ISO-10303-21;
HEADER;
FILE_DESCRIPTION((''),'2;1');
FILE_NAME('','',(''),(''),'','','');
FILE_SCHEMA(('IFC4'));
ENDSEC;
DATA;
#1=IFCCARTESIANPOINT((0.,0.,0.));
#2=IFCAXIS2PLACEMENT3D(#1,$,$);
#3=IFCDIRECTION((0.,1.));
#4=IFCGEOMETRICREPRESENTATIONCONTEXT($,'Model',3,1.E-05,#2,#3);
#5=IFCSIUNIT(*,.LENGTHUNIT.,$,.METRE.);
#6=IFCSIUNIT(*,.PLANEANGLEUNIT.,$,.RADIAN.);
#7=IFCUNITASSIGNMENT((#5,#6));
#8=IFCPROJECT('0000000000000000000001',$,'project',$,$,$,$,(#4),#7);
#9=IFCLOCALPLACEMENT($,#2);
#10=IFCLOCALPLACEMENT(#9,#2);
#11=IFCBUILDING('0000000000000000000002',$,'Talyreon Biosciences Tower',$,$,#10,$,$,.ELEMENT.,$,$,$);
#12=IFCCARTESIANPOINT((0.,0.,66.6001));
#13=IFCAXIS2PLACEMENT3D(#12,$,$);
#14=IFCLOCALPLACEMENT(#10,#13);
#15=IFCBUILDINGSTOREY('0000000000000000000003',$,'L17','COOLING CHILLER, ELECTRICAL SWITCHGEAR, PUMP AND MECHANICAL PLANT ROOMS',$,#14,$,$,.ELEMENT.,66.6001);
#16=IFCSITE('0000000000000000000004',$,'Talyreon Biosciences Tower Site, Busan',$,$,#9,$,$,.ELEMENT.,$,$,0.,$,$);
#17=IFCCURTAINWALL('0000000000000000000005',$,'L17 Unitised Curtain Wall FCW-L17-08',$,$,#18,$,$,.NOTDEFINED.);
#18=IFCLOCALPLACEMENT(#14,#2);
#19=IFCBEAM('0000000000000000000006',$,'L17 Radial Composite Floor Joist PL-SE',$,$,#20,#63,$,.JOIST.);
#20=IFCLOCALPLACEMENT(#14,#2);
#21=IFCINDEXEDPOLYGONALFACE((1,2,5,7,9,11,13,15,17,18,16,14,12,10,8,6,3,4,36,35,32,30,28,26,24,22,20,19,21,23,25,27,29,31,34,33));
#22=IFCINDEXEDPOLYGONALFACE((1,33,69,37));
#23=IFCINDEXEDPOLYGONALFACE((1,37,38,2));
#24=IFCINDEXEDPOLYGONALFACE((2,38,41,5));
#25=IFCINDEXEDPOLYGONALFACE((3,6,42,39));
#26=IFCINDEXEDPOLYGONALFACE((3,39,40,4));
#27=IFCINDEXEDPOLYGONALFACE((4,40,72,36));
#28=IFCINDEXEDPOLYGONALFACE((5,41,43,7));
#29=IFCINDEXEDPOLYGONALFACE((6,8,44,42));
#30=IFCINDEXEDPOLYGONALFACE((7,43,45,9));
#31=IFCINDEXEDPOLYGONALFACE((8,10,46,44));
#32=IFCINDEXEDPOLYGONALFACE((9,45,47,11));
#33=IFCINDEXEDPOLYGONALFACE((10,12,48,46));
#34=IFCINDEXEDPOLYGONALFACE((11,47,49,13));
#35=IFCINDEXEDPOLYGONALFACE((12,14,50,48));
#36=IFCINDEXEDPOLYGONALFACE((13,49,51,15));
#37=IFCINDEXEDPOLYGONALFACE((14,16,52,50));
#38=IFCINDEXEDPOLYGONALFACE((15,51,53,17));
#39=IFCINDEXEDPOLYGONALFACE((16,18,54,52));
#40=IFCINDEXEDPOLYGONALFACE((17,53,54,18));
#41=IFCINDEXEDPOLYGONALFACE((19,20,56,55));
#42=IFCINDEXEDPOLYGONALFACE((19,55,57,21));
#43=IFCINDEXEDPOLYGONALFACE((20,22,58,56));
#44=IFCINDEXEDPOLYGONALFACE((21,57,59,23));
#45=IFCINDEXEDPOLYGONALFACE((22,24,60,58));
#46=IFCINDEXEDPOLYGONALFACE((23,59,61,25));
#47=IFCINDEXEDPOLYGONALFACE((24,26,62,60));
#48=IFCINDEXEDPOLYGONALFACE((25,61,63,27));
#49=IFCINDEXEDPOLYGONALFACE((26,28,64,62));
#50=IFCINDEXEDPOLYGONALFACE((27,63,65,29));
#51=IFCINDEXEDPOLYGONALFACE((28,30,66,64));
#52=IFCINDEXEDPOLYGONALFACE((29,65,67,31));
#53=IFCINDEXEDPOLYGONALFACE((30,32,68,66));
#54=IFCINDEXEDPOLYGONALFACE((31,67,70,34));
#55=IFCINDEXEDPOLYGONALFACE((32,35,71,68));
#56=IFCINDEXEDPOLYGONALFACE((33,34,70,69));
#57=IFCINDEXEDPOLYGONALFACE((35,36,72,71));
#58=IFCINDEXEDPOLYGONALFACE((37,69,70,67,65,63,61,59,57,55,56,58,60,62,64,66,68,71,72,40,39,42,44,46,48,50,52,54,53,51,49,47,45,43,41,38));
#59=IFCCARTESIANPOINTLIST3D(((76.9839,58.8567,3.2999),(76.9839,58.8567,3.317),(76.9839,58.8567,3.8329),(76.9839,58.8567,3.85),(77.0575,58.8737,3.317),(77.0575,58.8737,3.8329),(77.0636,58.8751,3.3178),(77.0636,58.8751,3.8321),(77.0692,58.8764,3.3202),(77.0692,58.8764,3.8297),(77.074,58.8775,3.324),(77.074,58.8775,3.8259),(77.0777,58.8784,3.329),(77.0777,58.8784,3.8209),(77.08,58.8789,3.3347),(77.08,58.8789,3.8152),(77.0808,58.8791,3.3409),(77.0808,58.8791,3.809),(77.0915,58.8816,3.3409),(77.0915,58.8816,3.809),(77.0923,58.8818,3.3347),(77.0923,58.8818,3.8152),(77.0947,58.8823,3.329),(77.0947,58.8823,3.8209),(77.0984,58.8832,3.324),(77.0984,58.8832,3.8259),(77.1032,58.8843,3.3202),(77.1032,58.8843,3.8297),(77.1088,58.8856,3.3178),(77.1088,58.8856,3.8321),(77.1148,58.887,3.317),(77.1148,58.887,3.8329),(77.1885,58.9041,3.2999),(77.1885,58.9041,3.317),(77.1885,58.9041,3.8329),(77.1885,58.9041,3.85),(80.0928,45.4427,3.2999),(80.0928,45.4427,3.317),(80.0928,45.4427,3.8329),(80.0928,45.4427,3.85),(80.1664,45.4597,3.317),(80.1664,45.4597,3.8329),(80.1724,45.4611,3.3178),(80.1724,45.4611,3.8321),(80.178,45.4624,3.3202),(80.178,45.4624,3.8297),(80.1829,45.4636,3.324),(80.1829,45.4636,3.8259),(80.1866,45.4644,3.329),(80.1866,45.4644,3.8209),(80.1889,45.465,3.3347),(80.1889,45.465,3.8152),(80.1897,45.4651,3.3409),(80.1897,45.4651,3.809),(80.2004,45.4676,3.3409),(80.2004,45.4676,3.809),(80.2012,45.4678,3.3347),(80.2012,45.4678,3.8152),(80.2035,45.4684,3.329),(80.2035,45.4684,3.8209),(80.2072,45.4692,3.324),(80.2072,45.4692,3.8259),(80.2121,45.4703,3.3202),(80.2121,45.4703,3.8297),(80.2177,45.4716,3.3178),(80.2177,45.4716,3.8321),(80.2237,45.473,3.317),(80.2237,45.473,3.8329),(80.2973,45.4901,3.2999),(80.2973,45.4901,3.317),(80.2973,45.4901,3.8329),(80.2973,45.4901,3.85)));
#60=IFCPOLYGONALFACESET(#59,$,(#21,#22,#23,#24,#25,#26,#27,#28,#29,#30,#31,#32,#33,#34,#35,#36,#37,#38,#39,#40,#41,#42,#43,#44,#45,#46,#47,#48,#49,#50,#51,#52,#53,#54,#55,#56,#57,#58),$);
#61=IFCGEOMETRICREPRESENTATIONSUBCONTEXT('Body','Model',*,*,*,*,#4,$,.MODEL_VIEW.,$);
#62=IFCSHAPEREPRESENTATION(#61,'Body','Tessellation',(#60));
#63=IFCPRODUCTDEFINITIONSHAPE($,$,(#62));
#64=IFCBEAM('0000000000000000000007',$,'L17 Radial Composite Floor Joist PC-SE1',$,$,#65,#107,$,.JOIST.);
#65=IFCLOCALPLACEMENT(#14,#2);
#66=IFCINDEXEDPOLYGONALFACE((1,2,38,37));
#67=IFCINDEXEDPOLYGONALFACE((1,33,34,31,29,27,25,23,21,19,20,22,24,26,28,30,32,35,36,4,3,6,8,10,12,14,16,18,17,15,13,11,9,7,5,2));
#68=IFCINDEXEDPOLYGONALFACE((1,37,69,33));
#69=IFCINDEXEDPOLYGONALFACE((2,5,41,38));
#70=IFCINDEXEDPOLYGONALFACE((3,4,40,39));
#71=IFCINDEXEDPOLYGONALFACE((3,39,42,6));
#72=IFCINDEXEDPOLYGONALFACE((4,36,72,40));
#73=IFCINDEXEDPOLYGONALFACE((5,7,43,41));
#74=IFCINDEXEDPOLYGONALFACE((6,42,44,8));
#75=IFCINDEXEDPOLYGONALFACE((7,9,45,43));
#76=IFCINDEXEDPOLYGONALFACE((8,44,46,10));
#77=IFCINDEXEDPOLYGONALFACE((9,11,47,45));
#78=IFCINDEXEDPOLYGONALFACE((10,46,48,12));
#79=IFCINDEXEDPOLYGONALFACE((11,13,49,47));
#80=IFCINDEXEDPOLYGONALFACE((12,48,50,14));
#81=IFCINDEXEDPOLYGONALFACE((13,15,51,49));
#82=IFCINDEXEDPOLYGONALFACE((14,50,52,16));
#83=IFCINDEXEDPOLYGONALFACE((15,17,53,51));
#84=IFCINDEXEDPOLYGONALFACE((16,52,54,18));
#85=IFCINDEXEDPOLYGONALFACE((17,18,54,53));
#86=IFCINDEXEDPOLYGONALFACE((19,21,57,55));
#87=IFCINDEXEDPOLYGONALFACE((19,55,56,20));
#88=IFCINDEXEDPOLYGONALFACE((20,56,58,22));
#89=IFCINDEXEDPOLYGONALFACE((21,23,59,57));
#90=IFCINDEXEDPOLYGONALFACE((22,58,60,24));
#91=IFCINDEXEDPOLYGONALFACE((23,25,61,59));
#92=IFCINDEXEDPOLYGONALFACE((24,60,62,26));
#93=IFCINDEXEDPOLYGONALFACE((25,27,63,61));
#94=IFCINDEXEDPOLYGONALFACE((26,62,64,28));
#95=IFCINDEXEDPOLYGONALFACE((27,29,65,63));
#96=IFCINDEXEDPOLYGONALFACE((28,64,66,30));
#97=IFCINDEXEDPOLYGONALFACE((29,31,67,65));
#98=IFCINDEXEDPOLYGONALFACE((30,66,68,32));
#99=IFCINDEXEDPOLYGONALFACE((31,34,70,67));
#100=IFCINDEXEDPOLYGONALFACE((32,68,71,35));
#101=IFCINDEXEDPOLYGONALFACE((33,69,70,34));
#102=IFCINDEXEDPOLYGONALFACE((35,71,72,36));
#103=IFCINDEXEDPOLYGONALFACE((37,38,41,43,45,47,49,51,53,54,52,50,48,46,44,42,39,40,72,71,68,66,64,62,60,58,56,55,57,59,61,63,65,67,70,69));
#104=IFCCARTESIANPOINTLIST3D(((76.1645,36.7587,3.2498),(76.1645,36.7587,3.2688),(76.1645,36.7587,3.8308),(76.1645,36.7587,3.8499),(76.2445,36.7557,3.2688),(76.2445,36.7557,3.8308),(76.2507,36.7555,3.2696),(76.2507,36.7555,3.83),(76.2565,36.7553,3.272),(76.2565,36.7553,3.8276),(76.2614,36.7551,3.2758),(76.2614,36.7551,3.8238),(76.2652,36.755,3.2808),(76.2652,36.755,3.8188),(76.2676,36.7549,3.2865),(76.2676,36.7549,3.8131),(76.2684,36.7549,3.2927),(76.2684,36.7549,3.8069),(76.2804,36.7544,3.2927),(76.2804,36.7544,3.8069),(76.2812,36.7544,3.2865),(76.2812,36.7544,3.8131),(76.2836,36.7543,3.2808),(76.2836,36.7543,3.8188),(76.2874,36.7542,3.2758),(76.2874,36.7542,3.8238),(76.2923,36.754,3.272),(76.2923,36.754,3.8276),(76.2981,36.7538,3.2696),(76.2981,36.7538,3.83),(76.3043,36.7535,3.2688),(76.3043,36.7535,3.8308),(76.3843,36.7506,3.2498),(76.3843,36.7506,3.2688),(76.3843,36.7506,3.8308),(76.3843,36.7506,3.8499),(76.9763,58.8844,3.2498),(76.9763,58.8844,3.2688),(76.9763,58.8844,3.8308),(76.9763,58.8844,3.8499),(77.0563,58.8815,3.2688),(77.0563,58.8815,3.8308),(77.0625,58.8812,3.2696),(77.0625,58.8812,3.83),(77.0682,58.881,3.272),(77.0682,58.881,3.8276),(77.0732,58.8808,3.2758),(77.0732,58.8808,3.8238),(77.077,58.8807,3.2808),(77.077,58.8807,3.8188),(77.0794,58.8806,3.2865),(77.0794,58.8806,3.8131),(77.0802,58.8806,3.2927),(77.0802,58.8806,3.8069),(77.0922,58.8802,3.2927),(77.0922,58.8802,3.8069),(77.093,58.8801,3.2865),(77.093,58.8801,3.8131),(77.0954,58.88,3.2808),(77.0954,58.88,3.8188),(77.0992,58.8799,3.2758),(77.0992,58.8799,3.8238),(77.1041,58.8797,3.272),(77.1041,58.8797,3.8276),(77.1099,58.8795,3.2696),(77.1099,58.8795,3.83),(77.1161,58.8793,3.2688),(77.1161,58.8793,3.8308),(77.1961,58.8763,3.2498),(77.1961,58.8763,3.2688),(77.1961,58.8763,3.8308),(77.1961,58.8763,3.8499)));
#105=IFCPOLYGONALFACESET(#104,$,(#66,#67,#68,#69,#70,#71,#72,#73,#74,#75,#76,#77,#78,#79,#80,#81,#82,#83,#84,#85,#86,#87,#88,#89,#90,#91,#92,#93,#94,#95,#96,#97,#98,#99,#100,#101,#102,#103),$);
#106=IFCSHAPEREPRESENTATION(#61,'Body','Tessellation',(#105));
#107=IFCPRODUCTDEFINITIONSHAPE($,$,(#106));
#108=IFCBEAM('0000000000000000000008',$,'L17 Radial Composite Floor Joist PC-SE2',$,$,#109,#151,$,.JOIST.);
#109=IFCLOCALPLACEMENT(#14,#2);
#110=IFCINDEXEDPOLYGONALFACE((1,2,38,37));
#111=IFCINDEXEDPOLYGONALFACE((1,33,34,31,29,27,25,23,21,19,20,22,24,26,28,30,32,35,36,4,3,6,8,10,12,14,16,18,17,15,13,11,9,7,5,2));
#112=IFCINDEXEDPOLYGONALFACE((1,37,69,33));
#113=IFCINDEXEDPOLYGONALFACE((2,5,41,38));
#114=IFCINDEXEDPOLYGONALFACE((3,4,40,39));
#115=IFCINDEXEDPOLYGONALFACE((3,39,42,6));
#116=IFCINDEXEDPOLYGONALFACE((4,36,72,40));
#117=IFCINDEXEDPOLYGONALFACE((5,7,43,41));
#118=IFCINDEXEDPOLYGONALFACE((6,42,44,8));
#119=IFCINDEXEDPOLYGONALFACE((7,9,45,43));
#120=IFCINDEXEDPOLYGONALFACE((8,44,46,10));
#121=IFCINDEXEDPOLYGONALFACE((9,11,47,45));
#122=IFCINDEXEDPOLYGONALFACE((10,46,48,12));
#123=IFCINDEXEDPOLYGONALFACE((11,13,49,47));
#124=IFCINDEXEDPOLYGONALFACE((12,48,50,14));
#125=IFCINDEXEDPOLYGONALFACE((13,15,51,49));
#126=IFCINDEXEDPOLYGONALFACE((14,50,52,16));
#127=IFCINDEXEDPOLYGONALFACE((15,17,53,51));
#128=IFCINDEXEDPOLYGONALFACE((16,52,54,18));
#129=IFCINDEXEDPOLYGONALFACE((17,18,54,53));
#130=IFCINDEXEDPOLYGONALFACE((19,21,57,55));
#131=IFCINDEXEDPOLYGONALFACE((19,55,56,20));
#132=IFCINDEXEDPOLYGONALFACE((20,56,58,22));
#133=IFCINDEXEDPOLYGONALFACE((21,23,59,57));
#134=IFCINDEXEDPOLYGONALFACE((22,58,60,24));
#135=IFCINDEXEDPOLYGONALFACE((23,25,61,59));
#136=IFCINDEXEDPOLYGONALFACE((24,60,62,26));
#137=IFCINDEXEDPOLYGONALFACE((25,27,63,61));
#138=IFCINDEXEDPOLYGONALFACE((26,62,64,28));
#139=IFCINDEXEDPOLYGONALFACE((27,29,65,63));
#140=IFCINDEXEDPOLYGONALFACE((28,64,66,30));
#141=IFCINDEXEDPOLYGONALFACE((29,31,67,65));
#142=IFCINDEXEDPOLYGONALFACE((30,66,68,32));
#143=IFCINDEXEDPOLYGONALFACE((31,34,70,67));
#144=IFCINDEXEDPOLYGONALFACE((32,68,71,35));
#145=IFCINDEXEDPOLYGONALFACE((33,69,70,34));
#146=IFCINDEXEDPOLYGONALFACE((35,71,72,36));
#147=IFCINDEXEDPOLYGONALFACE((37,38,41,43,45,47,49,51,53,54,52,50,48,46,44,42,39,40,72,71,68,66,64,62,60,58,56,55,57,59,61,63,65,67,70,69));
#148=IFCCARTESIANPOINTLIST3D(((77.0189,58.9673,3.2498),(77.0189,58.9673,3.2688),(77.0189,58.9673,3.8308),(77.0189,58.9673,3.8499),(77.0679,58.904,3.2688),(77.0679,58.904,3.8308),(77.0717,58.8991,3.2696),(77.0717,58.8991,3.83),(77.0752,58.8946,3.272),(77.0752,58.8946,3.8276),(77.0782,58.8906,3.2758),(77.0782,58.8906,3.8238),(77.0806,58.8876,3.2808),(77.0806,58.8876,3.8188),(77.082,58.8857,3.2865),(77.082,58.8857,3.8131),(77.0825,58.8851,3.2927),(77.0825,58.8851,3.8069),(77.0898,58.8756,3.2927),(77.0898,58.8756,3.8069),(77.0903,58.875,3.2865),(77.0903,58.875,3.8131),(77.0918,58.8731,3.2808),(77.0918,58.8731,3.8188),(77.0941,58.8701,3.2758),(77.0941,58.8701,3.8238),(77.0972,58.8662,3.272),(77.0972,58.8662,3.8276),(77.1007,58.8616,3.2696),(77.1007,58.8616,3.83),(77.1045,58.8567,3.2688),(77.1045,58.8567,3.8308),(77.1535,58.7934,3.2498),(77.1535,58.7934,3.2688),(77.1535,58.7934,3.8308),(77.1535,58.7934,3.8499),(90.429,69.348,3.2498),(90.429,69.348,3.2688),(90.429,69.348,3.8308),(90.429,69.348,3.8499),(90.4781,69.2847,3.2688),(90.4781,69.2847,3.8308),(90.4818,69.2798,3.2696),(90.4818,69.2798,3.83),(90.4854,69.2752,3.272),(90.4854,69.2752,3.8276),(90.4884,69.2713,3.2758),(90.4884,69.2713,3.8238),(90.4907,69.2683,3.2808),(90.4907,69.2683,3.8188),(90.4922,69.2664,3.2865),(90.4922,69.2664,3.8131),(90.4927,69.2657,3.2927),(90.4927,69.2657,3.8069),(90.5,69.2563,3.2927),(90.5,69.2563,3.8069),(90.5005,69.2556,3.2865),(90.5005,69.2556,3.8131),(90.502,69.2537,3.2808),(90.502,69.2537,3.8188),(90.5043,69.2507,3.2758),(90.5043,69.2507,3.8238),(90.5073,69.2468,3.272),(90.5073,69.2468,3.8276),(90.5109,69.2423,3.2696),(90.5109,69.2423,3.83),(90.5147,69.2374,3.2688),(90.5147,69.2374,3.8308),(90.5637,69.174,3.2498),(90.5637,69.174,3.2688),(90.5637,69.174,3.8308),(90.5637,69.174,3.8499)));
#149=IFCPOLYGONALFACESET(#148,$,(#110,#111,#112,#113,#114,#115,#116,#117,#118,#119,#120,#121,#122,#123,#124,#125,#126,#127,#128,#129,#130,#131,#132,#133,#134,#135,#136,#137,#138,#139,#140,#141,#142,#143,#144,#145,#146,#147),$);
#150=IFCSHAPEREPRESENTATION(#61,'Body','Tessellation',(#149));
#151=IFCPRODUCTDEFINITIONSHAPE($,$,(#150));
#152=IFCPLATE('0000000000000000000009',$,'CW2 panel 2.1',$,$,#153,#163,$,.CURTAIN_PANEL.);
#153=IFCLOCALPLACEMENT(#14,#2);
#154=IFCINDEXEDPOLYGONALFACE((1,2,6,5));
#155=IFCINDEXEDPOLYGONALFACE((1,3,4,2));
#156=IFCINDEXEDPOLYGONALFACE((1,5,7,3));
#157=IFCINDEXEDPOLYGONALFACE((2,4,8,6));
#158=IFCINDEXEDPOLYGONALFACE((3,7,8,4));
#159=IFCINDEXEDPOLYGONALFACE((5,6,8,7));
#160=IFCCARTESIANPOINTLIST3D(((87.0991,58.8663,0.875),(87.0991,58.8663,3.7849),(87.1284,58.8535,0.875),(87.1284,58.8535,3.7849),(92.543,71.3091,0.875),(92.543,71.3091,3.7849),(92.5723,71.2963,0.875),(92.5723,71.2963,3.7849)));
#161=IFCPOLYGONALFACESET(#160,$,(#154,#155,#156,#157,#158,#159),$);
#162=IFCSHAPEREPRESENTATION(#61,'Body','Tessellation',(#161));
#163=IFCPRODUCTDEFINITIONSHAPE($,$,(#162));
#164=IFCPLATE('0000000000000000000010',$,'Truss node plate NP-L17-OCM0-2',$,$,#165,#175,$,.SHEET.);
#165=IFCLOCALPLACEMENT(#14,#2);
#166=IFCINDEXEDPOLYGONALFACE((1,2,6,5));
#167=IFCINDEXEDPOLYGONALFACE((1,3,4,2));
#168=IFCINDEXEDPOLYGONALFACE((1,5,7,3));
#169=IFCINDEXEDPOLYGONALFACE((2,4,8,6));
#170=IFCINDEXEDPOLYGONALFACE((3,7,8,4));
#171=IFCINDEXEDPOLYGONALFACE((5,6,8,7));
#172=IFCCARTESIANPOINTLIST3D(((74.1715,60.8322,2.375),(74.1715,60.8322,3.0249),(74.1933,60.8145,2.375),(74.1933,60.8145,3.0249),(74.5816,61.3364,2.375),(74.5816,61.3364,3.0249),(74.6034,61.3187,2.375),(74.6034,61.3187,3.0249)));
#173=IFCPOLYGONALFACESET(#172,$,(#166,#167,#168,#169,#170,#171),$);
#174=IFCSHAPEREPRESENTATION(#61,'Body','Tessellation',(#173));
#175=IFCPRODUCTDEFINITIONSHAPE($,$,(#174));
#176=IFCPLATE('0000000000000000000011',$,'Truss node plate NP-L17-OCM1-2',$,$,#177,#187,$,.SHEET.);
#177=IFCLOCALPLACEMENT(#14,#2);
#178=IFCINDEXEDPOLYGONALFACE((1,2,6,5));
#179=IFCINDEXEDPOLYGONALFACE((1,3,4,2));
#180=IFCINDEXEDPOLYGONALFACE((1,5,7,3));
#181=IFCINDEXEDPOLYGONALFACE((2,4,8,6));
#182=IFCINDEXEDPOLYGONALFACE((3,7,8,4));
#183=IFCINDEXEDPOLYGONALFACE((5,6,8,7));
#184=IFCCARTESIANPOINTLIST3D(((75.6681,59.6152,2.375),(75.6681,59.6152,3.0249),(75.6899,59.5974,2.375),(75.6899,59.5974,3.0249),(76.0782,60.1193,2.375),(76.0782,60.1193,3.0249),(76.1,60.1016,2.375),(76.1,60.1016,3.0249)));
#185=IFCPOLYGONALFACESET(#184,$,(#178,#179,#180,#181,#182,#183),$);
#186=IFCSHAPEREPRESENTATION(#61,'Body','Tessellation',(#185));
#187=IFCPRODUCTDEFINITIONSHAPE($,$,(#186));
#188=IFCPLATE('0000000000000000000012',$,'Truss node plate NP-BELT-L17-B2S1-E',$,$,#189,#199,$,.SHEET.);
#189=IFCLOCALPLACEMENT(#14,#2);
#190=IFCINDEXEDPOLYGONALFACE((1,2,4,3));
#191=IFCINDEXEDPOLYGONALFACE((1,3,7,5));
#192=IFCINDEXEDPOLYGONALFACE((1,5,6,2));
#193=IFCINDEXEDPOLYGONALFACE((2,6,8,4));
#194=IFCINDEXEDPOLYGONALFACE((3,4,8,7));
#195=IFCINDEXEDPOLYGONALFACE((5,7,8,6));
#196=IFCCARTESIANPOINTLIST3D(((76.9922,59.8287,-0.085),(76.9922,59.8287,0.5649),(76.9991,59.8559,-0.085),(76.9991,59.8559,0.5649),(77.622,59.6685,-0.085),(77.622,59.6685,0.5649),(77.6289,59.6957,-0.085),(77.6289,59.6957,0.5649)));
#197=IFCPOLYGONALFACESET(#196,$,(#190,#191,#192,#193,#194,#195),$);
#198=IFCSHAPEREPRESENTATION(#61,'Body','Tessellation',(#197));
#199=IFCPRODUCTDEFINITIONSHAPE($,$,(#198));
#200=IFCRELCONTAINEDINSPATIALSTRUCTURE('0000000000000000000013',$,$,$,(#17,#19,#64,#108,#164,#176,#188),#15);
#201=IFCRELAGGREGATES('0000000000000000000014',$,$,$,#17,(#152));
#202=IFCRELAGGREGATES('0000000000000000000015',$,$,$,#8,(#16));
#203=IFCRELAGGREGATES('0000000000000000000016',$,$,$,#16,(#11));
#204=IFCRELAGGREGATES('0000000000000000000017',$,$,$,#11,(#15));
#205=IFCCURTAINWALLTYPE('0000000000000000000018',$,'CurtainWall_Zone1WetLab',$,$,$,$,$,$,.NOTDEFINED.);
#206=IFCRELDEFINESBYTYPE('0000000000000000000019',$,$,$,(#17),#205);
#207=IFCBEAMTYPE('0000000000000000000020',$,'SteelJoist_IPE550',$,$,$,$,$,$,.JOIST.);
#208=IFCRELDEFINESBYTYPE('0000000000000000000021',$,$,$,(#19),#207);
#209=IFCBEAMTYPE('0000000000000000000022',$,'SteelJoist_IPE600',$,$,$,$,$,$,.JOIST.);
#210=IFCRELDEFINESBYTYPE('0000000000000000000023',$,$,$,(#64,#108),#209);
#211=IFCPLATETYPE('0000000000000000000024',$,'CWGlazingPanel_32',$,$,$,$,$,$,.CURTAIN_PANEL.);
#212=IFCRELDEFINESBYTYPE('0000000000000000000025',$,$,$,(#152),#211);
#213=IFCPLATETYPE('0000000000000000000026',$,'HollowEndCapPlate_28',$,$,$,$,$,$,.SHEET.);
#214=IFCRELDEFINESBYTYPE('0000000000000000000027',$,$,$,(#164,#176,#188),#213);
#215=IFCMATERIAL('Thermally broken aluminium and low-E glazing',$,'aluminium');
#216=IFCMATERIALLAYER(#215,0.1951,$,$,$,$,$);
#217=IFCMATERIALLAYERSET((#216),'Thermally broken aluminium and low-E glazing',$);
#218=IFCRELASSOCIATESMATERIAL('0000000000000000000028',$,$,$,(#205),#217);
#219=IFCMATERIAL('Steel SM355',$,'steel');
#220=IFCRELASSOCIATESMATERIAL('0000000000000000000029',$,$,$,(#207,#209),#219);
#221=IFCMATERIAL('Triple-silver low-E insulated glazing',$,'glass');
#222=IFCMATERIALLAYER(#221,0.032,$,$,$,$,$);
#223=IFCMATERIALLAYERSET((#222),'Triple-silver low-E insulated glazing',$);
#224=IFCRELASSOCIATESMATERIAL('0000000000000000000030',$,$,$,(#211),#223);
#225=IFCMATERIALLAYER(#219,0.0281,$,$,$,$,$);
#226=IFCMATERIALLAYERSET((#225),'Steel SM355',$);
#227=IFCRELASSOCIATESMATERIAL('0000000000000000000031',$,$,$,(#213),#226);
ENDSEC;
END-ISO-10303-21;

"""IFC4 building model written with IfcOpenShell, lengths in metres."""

from ifc_helpers import new_model, si_unit, direction, frame, origin, origin_2d, place, context, subcontext, project, spatial, rectangle, i_section, extrude, material, layer, layer_set, material_profile, profile_set, type_object, element, aggregate, save


model = new_model("IFC4")

# Units and contexts
model_context = context("Model", 3, precision=1e-05, world=origin(), true_north=direction((0.0, 1.0)))
body_context = subcontext(model_context, "Body", "Model", "MODEL_VIEW")
ifc_project = project(units=[si_unit("LENGTHUNIT", "METRE"), si_unit("PLANEANGLEUNIT", "RADIAN")], contexts=[model_context])

# Site, building, storey
site_placement = place(None, origin())
site = spatial("IfcSite", under=ifc_project, at=site_placement, Name="Talyreon Biosciences Tower Site, Busan", CompositionType="ELEMENT", RefElevation=0.0)
building_placement = place(site_placement, origin())
building = spatial("IfcBuilding", under=site, at=building_placement, Name="Talyreon Biosciences Tower", CompositionType="ELEMENT")
storey_placement = place(building_placement, frame((0.0, 0.0, 66.6001)))
storey = spatial("IfcBuildingStorey", under=building, at=storey_placement, Name="L17", Description="COOLING CHILLER, ELECTRICAL SWITCHGEAR, PUMP AND MECHANICAL PLANT ROOMS", CompositionType="ELEMENT", Elevation=66.6001)

# Shared definitions
ifc_material_1 = material(Name="Steel SM355", Category="steel")

# Curtain wall
ifc_material_2 = material(Name="Thermally broken aluminium and low-E glazing", Category="aluminium")
ifc_layer_1 = layer(ifc_material_2, 0.1951)
ifc_layer_set_1 = layer_set([ifc_layer_1], Name="Thermally broken aluminium and low-E glazing")
curtain_wall_type = type_object("IfcCurtainWallType", Name="CurtainWall_Zone1WetLab", PredefinedType="NOTDEFINED", material=ifc_layer_set_1)
curtain_wall_placement = place(storey_placement, origin())
curtain_wall = element("IfcCurtainWall", 1, at=curtain_wall_placement, inside=storey, type_object=curtain_wall_type, Name="L17 Unitised Curtain Wall FCW-L17-08", PredefinedType="NOTDEFINED")

# Beams
ifc_material_profile_1 = material_profile(ifc_material_1, i_section(OverallWidth=0.21, OverallDepth=0.55, WebThickness=0.011, FlangeThickness=0.0171, FilletRadius=0.0239, at=origin_2d()), Name="IPE550")
ifc_profile_set_1 = profile_set([ifc_material_profile_1], Name="Steel SM355")
beam_type_1 = type_object("IfcBeamType", Name="SteelJoist_IPE550", PredefinedType="JOIST", material=ifc_profile_set_1)
beam_1_placement = place(storey_placement, frame((77.0862, 58.8804, 3.575), z_axis=(0.225779, -0.974179, 0.0), x_axis=(0.974179, 0.225779, 0.0)))
element("IfcBeam", 2, at=beam_1_placement, inside=storey, type_object=beam_type_1, Name="L17 Radial Composite Floor Joist PL-SE", PredefinedType="JOIST", context=body_context, shape_type="SweptSolid", body=[
    extrude(i_section(OverallWidth=0.21, OverallDepth=0.55, WebThickness=0.011, FlangeThickness=0.0171, FilletRadius=0.0239, at=origin_2d()), origin(), (0.0, 0.0, 1.0), 13.7695),
])
ifc_material_profile_2 = material_profile(ifc_material_1, i_section(OverallWidth=0.22, OverallDepth=0.6001, WebThickness=0.012, FlangeThickness=0.019, FilletRadius=0.0239, at=origin_2d()), Name="IPE600")
ifc_profile_set_2 = profile_set([ifc_material_profile_2], Name="Steel SM355")
beam_type_2 = type_object("IfcBeamType", Name="SteelJoist_IPE600", PredefinedType="JOIST", material=ifc_profile_set_2)
beam_2_placement = place(storey_placement, frame((77.0862, 58.8804, 3.5498), z_axis=(-0.036664, -0.999328, 0.0), x_axis=(0.999328, -0.036664, 0.0)))
element("IfcBeam", 3, at=beam_2_placement, inside=storey, type_object=beam_type_2, Name="L17 Radial Composite Floor Joist PC-SE1", PredefinedType="JOIST", context=body_context, shape_type="SweptSolid", body=[
    extrude(i_section(OverallWidth=0.22, OverallDepth=0.6001, WebThickness=0.012, FlangeThickness=0.019, FilletRadius=0.0239, at=origin_2d()), origin(), (0.0, 0.0, 1.0), 22.1406),
])
beam_3_placement = place(storey_placement, frame((77.0862, 58.8804, 3.5498), z_axis=(0.790765, 0.61212, 0.0), x_axis=(-0.61212, 0.790765, 0.0)))
element("IfcBeam", 4, at=beam_3_placement, inside=storey, type_object=beam_type_2, Name="L17 Radial Composite Floor Joist PC-SE2", PredefinedType="JOIST", context=body_context, shape_type="SweptSolid", body=[
    extrude(i_section(OverallWidth=0.22, OverallDepth=0.6001, WebThickness=0.012, FlangeThickness=0.019, FilletRadius=0.0239, at=origin_2d()), origin(), (0.0, 0.0, 1.0), 16.9585),
])

# Plate
ifc_material_3 = material(Name="Triple-silver low-E insulated glazing", Category="glass")
ifc_layer_2 = layer(ifc_material_3, 0.032)
ifc_layer_set_2 = layer_set([ifc_layer_2], Name="Triple-silver low-E insulated glazing")
plate_type_1 = type_object("IfcPlateType", Name="CWGlazingPanel_32", PredefinedType="CURTAIN_PANEL", material=ifc_layer_set_2)
plate_1_placement = place(storey_placement, frame((89.8357, 65.0813, 0.875), z_axis=(0.0, 0.0, 1.0), x_axis=(-0.400831, -0.916152, 0.0)))
plate_1 = element("IfcPlate", 5, at=plate_1_placement, type_object=plate_type_1, Name="CW2 panel 2.1", PredefinedType="CURTAIN_PANEL", context=body_context, shape_type="SweptSolid", body=[
    extrude(rectangle(XDim=13.5815, YDim=0.032, at=origin_2d()), origin(), (0.0, 0.0, 1.0), 2.9099),
])
aggregate(curtain_wall, [plate_1])

# Plates
ifc_layer_3 = layer(ifc_material_1, 0.0281)
ifc_layer_set_3 = layer_set([ifc_layer_3], Name="Steel SM355")
plate_type_2 = type_object("IfcPlateType", Name="HollowEndCapPlate_28", PredefinedType="SHEET", material=ifc_layer_set_3)
for number, where, z_axis, x_axis, name in (
    (6, (74.3875, 61.0754, 2.375), (0.0, 0.0, 1.0), (0.631001, 0.775782, 0.0), "Truss node plate NP-L17-OCM0-2"),
    (7, (75.884, 59.8584, 2.375), (0.0, 0.0, 1.0), (0.631001, 0.775782, 0.0), "Truss node plate NP-L17-OCM1-2"),
    (8, (77.3105, 59.7622, -0.085), (0.0, 0.0, 1.0), (-0.969132, 0.246542, 0.0), "Truss node plate NP-BELT-L17-B2S1-E"),
):
    element("IfcPlate", number, at=place(storey_placement, frame(where, z_axis=z_axis, x_axis=x_axis)), inside=storey, type_object=plate_type_2, Name=name, PredefinedType="SHEET", context=body_context, shape_type="SweptSolid", body=[
        extrude(rectangle(XDim=0.6499, YDim=0.0281, at=origin_2d()), origin(), (0.0, 0.0, 1.0), 0.6499),
    ])

save(model, "model.ifc")
